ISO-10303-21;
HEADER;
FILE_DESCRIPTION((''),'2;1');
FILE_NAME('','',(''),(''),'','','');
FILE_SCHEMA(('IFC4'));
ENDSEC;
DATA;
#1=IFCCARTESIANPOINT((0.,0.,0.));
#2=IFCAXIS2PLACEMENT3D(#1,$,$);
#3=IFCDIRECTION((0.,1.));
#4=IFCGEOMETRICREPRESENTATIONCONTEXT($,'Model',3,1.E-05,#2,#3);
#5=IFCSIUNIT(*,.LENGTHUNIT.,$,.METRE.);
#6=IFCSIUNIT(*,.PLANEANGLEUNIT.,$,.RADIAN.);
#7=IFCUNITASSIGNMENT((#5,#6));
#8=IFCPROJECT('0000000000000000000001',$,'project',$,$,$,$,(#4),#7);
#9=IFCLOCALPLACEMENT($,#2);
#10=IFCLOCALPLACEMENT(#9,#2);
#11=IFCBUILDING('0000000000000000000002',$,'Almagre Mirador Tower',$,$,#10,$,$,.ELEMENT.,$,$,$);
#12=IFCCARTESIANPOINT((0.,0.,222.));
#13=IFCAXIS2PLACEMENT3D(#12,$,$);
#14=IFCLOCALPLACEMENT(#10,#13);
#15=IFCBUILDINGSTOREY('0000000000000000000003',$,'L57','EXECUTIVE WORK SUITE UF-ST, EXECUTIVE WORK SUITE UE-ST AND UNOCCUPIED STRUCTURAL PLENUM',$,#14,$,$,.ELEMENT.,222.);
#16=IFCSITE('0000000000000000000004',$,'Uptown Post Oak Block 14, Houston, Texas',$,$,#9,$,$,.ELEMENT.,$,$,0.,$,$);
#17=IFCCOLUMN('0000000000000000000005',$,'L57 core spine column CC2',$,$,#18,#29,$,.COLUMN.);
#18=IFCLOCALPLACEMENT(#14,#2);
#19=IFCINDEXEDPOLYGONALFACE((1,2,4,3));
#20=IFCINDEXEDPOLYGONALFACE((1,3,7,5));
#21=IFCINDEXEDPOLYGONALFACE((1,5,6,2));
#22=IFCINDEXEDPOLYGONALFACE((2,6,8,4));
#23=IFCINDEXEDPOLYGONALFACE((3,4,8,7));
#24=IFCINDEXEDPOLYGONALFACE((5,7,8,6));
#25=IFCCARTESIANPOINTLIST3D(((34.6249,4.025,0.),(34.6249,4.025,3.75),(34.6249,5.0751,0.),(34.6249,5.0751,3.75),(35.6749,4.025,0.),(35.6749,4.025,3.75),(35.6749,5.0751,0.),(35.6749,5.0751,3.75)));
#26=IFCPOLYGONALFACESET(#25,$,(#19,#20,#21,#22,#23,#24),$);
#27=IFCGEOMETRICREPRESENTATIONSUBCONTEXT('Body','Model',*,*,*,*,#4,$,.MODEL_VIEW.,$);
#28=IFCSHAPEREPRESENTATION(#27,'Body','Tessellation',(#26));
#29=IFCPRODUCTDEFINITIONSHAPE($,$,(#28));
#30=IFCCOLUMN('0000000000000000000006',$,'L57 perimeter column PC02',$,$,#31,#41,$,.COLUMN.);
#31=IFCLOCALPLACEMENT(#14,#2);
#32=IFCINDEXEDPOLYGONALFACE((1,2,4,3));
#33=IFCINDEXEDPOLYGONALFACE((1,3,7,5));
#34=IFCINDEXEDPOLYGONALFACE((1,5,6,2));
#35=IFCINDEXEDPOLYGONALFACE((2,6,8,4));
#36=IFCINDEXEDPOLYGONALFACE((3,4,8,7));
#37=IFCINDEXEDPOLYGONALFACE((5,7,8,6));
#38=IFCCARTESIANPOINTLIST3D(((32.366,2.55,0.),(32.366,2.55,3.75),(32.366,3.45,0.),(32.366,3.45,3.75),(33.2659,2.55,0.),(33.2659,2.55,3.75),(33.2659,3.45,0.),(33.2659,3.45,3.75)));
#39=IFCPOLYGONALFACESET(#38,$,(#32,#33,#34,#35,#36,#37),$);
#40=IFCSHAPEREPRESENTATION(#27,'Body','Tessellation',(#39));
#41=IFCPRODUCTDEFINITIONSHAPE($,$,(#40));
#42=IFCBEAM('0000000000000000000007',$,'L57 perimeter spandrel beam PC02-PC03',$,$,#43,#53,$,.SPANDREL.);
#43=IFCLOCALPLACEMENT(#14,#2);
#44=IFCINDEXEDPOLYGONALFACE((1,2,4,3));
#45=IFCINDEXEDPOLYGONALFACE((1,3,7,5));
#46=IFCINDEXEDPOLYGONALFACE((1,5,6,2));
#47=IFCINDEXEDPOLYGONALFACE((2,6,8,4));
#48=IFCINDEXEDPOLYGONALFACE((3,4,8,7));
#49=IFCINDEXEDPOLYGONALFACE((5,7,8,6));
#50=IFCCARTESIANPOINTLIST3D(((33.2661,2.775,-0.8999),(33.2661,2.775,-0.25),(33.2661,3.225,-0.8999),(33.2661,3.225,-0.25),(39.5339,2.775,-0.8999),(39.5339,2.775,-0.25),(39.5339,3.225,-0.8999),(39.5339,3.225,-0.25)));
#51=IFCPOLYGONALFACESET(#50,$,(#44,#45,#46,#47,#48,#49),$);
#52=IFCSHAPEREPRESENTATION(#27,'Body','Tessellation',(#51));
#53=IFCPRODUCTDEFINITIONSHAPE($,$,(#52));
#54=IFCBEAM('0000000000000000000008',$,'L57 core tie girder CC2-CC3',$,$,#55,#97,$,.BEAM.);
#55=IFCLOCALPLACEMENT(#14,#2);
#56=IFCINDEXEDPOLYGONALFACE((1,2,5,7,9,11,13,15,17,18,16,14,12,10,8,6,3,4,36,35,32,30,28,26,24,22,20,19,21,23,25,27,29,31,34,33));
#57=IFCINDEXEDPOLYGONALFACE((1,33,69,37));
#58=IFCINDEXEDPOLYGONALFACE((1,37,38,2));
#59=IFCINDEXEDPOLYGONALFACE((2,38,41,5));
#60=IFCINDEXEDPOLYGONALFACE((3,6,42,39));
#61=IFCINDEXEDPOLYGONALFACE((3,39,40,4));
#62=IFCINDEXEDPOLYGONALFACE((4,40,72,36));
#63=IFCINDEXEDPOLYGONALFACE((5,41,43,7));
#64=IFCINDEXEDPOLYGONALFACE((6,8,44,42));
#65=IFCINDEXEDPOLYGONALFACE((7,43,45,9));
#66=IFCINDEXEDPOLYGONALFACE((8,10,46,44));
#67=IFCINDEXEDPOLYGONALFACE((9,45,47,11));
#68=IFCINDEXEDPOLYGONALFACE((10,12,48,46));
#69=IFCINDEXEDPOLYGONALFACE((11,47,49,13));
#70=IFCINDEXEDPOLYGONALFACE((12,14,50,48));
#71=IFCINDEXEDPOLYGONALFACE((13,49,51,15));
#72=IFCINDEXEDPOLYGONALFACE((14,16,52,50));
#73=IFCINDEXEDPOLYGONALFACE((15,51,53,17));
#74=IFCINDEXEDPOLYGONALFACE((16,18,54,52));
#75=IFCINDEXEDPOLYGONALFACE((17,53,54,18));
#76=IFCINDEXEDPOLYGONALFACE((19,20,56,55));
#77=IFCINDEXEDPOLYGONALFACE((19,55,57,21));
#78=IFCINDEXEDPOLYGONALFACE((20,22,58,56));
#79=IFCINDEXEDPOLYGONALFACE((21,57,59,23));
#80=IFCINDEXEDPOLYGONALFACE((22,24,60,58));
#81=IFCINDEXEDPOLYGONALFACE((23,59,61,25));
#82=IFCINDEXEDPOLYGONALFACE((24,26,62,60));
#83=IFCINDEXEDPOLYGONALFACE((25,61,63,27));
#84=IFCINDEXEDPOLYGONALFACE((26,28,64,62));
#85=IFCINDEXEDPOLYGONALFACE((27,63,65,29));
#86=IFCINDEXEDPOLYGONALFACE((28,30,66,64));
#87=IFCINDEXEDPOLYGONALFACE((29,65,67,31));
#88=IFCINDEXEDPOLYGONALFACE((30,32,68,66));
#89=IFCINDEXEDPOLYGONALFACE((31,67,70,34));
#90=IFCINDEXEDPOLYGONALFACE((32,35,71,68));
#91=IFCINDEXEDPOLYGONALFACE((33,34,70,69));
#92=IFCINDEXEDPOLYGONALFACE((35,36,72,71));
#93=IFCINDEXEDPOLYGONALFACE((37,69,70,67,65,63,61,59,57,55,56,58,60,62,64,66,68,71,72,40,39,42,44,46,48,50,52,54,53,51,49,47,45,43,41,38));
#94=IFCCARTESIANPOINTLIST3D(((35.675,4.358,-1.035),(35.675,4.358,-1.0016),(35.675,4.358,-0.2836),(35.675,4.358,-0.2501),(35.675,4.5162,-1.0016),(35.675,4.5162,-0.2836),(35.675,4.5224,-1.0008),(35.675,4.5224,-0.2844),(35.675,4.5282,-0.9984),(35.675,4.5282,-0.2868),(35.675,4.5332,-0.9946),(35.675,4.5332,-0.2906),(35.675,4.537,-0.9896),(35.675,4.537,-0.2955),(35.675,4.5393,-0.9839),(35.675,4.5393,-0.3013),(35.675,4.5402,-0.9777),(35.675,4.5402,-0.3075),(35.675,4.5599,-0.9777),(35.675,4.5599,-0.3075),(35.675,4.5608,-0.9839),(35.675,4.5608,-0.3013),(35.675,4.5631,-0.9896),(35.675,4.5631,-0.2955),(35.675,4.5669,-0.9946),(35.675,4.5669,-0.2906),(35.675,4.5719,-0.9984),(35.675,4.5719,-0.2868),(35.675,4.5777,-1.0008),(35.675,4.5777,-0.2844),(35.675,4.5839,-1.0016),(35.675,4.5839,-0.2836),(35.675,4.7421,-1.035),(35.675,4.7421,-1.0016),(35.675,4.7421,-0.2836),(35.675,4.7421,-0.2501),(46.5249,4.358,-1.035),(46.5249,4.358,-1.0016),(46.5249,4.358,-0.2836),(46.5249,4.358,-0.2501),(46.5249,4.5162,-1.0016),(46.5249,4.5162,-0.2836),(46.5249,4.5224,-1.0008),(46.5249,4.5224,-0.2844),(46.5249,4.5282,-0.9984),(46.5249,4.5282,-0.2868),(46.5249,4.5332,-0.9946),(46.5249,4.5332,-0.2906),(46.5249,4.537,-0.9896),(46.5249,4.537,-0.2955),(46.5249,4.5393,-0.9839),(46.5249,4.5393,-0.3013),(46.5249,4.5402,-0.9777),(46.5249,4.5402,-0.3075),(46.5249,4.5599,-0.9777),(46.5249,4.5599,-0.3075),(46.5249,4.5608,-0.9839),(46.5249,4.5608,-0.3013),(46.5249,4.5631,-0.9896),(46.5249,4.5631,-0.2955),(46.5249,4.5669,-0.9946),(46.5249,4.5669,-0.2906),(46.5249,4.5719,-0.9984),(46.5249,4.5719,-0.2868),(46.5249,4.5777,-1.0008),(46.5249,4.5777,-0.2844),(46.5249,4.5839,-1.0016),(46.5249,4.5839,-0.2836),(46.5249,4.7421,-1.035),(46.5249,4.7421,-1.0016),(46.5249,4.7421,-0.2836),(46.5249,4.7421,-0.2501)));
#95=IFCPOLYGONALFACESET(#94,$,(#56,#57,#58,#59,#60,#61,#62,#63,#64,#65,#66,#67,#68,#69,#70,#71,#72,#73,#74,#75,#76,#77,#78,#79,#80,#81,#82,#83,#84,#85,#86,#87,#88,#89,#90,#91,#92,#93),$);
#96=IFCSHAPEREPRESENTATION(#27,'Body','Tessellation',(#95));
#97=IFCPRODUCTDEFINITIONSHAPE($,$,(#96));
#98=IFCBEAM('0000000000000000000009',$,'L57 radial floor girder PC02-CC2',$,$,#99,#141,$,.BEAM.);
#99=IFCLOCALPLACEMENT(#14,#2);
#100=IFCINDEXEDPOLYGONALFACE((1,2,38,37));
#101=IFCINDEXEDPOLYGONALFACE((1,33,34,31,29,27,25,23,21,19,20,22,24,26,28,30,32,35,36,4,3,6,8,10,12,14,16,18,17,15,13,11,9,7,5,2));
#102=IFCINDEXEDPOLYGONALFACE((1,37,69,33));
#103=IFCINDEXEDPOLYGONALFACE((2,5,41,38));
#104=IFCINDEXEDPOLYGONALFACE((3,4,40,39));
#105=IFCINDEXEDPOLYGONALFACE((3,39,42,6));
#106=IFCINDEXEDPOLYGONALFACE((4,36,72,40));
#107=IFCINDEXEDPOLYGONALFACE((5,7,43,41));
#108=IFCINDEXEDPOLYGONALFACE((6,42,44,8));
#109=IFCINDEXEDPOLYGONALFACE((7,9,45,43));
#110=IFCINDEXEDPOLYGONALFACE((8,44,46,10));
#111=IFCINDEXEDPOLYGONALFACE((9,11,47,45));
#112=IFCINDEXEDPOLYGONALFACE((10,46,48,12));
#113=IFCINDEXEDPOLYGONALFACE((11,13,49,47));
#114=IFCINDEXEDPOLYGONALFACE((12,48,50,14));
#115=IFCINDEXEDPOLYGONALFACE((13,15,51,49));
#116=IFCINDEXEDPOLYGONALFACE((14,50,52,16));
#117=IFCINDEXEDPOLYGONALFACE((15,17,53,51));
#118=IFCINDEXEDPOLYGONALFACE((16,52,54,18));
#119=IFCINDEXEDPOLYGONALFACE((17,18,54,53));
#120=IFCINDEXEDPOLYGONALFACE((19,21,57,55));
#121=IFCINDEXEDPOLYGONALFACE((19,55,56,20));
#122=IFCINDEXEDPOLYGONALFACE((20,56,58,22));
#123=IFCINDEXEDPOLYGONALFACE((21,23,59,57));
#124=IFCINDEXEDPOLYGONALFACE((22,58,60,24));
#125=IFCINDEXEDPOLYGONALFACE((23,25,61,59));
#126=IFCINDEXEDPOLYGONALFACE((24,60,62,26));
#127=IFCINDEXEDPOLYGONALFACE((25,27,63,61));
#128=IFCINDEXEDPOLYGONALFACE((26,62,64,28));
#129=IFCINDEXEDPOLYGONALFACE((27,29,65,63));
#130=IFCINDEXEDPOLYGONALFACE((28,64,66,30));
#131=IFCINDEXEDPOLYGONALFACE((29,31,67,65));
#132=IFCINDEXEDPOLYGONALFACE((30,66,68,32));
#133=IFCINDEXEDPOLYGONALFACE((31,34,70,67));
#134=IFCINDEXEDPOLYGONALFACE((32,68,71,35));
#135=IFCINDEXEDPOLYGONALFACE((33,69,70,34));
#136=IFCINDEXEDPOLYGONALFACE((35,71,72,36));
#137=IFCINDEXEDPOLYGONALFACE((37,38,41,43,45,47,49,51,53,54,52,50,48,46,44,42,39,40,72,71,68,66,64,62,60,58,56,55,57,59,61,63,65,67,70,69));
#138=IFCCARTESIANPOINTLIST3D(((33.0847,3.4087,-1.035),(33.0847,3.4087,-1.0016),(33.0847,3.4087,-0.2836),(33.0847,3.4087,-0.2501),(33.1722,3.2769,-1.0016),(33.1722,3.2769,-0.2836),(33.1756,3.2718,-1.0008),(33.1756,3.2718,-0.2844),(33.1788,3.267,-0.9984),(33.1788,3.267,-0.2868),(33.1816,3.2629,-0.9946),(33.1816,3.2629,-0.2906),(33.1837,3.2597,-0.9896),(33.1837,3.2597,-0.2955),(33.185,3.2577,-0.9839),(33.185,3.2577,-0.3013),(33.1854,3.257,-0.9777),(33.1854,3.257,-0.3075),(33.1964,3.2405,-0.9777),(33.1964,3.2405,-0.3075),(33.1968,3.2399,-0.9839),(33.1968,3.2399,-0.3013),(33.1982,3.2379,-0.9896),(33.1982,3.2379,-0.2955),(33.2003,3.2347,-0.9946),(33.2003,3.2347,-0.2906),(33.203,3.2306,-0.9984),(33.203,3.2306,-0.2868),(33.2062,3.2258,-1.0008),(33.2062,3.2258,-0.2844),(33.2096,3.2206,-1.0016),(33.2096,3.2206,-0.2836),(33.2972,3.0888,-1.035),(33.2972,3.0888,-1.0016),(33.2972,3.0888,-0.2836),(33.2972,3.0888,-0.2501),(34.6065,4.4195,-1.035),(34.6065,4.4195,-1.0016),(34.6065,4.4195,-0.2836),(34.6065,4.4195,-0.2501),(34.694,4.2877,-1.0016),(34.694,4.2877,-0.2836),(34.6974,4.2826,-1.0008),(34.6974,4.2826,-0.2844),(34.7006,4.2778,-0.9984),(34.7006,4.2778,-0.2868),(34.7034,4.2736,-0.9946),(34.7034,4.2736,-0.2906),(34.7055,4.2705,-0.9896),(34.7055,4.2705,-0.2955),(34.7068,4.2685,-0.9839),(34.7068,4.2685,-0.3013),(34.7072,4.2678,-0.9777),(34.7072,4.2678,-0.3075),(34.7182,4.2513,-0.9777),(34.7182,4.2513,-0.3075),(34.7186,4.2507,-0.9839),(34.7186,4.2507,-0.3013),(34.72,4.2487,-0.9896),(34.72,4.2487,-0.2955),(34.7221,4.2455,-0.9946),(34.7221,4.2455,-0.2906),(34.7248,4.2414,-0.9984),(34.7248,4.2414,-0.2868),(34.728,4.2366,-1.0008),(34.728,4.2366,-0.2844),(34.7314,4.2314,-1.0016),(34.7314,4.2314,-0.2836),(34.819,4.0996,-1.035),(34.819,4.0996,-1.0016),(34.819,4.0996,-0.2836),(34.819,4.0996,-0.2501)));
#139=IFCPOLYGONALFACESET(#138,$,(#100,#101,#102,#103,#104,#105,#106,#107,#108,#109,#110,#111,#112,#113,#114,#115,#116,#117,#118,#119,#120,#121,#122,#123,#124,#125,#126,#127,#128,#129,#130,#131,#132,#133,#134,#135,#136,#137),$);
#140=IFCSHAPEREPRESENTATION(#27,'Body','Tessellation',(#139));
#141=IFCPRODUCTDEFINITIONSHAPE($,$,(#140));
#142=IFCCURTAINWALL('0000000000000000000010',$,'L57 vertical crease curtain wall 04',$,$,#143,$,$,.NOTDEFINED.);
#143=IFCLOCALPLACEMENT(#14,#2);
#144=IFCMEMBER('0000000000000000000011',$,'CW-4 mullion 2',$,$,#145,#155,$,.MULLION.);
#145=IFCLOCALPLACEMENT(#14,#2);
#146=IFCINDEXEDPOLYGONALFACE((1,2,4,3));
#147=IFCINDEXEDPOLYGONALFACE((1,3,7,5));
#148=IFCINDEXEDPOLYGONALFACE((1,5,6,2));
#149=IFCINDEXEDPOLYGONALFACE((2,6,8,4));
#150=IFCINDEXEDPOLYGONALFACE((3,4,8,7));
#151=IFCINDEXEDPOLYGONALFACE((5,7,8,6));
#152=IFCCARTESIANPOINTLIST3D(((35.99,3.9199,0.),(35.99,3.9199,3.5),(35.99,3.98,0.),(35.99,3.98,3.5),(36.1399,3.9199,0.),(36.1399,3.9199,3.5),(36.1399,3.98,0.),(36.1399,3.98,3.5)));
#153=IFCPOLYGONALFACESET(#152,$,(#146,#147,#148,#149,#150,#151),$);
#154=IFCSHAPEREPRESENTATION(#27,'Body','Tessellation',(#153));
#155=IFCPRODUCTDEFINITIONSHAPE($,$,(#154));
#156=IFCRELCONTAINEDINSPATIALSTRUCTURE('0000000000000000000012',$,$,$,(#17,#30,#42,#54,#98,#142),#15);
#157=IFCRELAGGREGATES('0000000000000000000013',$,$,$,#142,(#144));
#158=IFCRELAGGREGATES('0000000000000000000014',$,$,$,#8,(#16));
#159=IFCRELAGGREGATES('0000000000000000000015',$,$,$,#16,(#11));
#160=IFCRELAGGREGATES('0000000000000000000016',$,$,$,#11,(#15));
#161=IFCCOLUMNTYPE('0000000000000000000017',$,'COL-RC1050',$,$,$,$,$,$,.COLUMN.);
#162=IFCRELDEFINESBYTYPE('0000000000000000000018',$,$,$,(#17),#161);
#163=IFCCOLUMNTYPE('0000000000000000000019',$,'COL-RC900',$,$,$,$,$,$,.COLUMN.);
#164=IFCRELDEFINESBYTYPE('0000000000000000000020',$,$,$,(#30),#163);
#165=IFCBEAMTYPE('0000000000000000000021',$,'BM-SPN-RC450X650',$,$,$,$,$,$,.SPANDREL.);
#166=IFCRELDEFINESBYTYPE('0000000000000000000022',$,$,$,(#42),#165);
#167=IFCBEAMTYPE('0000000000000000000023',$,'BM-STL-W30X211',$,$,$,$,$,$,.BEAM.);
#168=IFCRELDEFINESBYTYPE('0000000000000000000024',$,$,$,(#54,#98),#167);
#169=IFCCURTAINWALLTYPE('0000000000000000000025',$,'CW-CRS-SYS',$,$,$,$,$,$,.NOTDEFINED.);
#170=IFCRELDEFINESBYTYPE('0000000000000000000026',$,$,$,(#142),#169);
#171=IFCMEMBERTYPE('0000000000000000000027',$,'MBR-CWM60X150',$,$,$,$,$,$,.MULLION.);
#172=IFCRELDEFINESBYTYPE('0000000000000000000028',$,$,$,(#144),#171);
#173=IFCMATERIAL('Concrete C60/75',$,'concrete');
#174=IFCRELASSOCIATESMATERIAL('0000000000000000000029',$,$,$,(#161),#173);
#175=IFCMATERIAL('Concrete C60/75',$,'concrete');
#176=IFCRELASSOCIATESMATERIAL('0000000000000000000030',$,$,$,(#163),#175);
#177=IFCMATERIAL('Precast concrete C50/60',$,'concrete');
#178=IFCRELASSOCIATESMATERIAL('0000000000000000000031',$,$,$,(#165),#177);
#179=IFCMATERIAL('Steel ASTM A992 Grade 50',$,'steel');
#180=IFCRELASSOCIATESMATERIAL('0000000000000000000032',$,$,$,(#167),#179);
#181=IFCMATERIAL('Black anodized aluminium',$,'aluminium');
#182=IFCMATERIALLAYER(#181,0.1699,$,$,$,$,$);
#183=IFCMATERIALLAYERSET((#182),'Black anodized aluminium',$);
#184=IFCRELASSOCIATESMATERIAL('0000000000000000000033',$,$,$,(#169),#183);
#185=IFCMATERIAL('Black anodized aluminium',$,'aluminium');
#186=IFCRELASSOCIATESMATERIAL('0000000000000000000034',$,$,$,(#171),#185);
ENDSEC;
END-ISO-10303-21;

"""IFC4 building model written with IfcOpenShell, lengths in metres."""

from ifc_helpers import new_model, si_unit, direction, frame, origin, origin_2d, place, context, subcontext, project, spatial, rectangle, i_section, extrude, material, layer, layer_set, material_profile, profile_set, type_object, element, aggregate, save


model = new_model("IFC4")

# Units and contexts
model_context = context("Model", 3, precision=1e-05, world=origin(), true_north=direction((0.0, 1.0)))
body_context = subcontext(model_context, "Body", "Model", "MODEL_VIEW")
ifc_project = project(units=[si_unit("LENGTHUNIT", "METRE"), si_unit("PLANEANGLEUNIT", "RADIAN")], contexts=[model_context])

# Site, building, storey
site_placement = place(None, origin())
site = spatial("IfcSite", under=ifc_project, at=site_placement, Name="Uptown Post Oak Block 14, Houston, Texas", CompositionType="ELEMENT", RefElevation=0.0)
building_placement = place(site_placement, origin())
building = spatial("IfcBuilding", under=site, at=building_placement, Name="Almagre Mirador Tower", CompositionType="ELEMENT")
storey_placement = place(building_placement, frame((0.0, 0.0, 222.0)))
storey = spatial("IfcBuildingStorey", under=building, at=storey_placement, Name="L57", Description="EXECUTIVE WORK SUITE UF-ST, EXECUTIVE WORK SUITE UE-ST AND UNOCCUPIED STRUCTURAL PLENUM", CompositionType="ELEMENT", Elevation=222.0)

# Columns
ifc_material_1 = material(Name="Concrete C60/75", Category="concrete")
ifc_material_profile_1 = material_profile(ifc_material_1, rectangle(XDim=1.05, YDim=1.05, at=origin_2d()), Name="RC1050X1050")
ifc_profile_set_1 = profile_set([ifc_material_profile_1], Name="Concrete C60/75")
column_type_1 = type_object("IfcColumnType", Name="COL-RC1050", PredefinedType="COLUMN", material=ifc_profile_set_1)
column_1_placement = place(storey_placement, frame((35.1499, 4.55, 0.0), z_axis=(0.0, 0.0, 1.0), x_axis=(1.0, 0.0, 0.0)))
element("IfcColumn", 1, at=column_1_placement, inside=storey, type_object=column_type_1, Name="L57 core spine column CC2", PredefinedType="COLUMN", context=body_context, shape_type="SweptSolid", body=[
    extrude(rectangle(XDim=1.05, YDim=1.05, at=origin_2d()), origin(), (0.0, 0.0, 1.0), 3.75),
])
ifc_material_2 = material(Name="Concrete C60/75", Category="concrete")
ifc_material_profile_2 = material_profile(ifc_material_2, rectangle(XDim=0.8999, YDim=0.8999, at=origin_2d()), Name="RC900X900")
ifc_profile_set_2 = profile_set([ifc_material_profile_2], Name="Concrete C60/75")
column_type_2 = type_object("IfcColumnType", Name="COL-RC900", PredefinedType="COLUMN", material=ifc_profile_set_2)
column_2_placement = place(storey_placement, frame((32.8159, 3.0, 0.0), z_axis=(0.0, 0.0, 1.0), x_axis=(1.0, 0.0, 0.0)))
element("IfcColumn", 2, at=column_2_placement, inside=storey, type_object=column_type_2, Name="L57 perimeter column PC02", PredefinedType="COLUMN", context=body_context, shape_type="SweptSolid", body=[
    extrude(rectangle(XDim=0.8999, YDim=0.8999, at=origin_2d()), origin(), (0.0, 0.0, 1.0), 3.75),
])

# Beams
ifc_material_3 = material(Name="Precast concrete C50/60", Category="concrete")
ifc_material_profile_3 = material_profile(ifc_material_3, rectangle(XDim=0.45, YDim=0.6499, at=origin_2d()), Name="RC450X650")
ifc_profile_set_3 = profile_set([ifc_material_profile_3], Name="Precast concrete C50/60")
beam_type_1 = type_object("IfcBeamType", Name="BM-SPN-RC450X650", PredefinedType="SPANDREL", material=ifc_profile_set_3)
beam_1_placement = place(storey_placement, frame((33.2661, 3.0, -0.575), z_axis=(1.0, 0.0, 0.0), x_axis=(0.0, 1.0, 0.0)))
element("IfcBeam", 3, at=beam_1_placement, inside=storey, type_object=beam_type_1, Name="L57 perimeter spandrel beam PC02-PC03", PredefinedType="SPANDREL", context=body_context, shape_type="SweptSolid", body=[
    extrude(rectangle(XDim=0.45, YDim=0.6499, at=origin_2d()), origin(), (0.0, 0.0, 1.0), 6.2678),
])
ifc_material_4 = material(Name="Steel ASTM A992 Grade 50", Category="steel")
ifc_material_profile_4 = material_profile(ifc_material_4, i_section(OverallWidth=0.384, OverallDepth=0.7849, WebThickness=0.0198, FlangeThickness=0.0334, FilletRadius=0.0239, at=origin_2d()), Name="W30X211")
ifc_profile_set_4 = profile_set([ifc_material_profile_4], Name="Steel ASTM A992 Grade 50")
beam_type_2 = type_object("IfcBeamType", Name="BM-STL-W30X211", PredefinedType="BEAM", material=ifc_profile_set_4)
beam_2_placement = place(storey_placement, frame((35.675, 4.55, -0.6426), z_axis=(1.0, 0.0, 0.0), x_axis=(0.0, 1.0, 0.0)))
element("IfcBeam", 4, at=beam_2_placement, inside=storey, type_object=beam_type_2, Name="L57 core tie girder CC2-CC3", PredefinedType="BEAM", context=body_context, shape_type="SweptSolid", body=[
    extrude(i_section(OverallWidth=0.384, OverallDepth=0.7849, WebThickness=0.0198, FlangeThickness=0.0334, FilletRadius=0.0239, at=origin_2d()), origin(), (0.0, 0.0, 1.0), 10.8499),
])
beam_3_placement = place(storey_placement, frame((33.1909, 3.2488, -0.6426), z_axis=(0.832995, 0.553281, 0.0), x_axis=(-0.553281, 0.832995, 0.0)))
element("IfcBeam", 5, at=beam_3_placement, inside=storey, type_object=beam_type_2, Name="L57 radial floor girder PC02-CC2", PredefinedType="BEAM", context=body_context, shape_type="SweptSolid", body=[
    extrude(i_section(OverallWidth=0.384, OverallDepth=0.7849, WebThickness=0.0198, FlangeThickness=0.0334, FilletRadius=0.0239, at=origin_2d()), origin(), (0.0, 0.0, 1.0), 1.8269),
])

# Curtain wall, member
ifc_material_5 = material(Name="Black anodized aluminium", Category="aluminium")
ifc_layer_1 = layer(ifc_material_5, 0.1699)
ifc_layer_set_1 = layer_set([ifc_layer_1], Name="Black anodized aluminium")
curtain_wall_type = type_object("IfcCurtainWallType", Name="CW-CRS-SYS", PredefinedType="NOTDEFINED", material=ifc_layer_set_1)
curtain_wall_placement = place(storey_placement, origin())
curtain_wall = element("IfcCurtainWall", 6, at=curtain_wall_placement, inside=storey, type_object=curtain_wall_type, Name="L57 vertical crease curtain wall 04", PredefinedType="NOTDEFINED")
ifc_material_6 = material(Name="Black anodized aluminium", Category="aluminium")
ifc_material_profile_5 = material_profile(ifc_material_6, rectangle(XDim=0.0601, YDim=0.1499, at=origin_2d()), Name="CWM60X150")
ifc_profile_set_5 = profile_set([ifc_material_profile_5], Name="Black anodized aluminium")
member_type = type_object("IfcMemberType", Name="MBR-CWM60X150", PredefinedType="MULLION", material=ifc_profile_set_5)
member_placement = place(storey_placement, frame((36.0649, 3.95, 0.0), z_axis=(0.0, 0.0, 1.0), x_axis=(0.0, -1.0, 0.0)))
member = element("IfcMember", 7, at=member_placement, type_object=member_type, Name="CW-4 mullion 2", PredefinedType="MULLION", context=body_context, shape_type="SweptSolid", body=[
    extrude(rectangle(XDim=0.0601, YDim=0.1499, at=origin_2d()), origin(), (0.0, 0.0, 1.0), 3.5),
])
aggregate(curtain_wall, [member])

save(model, "model.ifc")
